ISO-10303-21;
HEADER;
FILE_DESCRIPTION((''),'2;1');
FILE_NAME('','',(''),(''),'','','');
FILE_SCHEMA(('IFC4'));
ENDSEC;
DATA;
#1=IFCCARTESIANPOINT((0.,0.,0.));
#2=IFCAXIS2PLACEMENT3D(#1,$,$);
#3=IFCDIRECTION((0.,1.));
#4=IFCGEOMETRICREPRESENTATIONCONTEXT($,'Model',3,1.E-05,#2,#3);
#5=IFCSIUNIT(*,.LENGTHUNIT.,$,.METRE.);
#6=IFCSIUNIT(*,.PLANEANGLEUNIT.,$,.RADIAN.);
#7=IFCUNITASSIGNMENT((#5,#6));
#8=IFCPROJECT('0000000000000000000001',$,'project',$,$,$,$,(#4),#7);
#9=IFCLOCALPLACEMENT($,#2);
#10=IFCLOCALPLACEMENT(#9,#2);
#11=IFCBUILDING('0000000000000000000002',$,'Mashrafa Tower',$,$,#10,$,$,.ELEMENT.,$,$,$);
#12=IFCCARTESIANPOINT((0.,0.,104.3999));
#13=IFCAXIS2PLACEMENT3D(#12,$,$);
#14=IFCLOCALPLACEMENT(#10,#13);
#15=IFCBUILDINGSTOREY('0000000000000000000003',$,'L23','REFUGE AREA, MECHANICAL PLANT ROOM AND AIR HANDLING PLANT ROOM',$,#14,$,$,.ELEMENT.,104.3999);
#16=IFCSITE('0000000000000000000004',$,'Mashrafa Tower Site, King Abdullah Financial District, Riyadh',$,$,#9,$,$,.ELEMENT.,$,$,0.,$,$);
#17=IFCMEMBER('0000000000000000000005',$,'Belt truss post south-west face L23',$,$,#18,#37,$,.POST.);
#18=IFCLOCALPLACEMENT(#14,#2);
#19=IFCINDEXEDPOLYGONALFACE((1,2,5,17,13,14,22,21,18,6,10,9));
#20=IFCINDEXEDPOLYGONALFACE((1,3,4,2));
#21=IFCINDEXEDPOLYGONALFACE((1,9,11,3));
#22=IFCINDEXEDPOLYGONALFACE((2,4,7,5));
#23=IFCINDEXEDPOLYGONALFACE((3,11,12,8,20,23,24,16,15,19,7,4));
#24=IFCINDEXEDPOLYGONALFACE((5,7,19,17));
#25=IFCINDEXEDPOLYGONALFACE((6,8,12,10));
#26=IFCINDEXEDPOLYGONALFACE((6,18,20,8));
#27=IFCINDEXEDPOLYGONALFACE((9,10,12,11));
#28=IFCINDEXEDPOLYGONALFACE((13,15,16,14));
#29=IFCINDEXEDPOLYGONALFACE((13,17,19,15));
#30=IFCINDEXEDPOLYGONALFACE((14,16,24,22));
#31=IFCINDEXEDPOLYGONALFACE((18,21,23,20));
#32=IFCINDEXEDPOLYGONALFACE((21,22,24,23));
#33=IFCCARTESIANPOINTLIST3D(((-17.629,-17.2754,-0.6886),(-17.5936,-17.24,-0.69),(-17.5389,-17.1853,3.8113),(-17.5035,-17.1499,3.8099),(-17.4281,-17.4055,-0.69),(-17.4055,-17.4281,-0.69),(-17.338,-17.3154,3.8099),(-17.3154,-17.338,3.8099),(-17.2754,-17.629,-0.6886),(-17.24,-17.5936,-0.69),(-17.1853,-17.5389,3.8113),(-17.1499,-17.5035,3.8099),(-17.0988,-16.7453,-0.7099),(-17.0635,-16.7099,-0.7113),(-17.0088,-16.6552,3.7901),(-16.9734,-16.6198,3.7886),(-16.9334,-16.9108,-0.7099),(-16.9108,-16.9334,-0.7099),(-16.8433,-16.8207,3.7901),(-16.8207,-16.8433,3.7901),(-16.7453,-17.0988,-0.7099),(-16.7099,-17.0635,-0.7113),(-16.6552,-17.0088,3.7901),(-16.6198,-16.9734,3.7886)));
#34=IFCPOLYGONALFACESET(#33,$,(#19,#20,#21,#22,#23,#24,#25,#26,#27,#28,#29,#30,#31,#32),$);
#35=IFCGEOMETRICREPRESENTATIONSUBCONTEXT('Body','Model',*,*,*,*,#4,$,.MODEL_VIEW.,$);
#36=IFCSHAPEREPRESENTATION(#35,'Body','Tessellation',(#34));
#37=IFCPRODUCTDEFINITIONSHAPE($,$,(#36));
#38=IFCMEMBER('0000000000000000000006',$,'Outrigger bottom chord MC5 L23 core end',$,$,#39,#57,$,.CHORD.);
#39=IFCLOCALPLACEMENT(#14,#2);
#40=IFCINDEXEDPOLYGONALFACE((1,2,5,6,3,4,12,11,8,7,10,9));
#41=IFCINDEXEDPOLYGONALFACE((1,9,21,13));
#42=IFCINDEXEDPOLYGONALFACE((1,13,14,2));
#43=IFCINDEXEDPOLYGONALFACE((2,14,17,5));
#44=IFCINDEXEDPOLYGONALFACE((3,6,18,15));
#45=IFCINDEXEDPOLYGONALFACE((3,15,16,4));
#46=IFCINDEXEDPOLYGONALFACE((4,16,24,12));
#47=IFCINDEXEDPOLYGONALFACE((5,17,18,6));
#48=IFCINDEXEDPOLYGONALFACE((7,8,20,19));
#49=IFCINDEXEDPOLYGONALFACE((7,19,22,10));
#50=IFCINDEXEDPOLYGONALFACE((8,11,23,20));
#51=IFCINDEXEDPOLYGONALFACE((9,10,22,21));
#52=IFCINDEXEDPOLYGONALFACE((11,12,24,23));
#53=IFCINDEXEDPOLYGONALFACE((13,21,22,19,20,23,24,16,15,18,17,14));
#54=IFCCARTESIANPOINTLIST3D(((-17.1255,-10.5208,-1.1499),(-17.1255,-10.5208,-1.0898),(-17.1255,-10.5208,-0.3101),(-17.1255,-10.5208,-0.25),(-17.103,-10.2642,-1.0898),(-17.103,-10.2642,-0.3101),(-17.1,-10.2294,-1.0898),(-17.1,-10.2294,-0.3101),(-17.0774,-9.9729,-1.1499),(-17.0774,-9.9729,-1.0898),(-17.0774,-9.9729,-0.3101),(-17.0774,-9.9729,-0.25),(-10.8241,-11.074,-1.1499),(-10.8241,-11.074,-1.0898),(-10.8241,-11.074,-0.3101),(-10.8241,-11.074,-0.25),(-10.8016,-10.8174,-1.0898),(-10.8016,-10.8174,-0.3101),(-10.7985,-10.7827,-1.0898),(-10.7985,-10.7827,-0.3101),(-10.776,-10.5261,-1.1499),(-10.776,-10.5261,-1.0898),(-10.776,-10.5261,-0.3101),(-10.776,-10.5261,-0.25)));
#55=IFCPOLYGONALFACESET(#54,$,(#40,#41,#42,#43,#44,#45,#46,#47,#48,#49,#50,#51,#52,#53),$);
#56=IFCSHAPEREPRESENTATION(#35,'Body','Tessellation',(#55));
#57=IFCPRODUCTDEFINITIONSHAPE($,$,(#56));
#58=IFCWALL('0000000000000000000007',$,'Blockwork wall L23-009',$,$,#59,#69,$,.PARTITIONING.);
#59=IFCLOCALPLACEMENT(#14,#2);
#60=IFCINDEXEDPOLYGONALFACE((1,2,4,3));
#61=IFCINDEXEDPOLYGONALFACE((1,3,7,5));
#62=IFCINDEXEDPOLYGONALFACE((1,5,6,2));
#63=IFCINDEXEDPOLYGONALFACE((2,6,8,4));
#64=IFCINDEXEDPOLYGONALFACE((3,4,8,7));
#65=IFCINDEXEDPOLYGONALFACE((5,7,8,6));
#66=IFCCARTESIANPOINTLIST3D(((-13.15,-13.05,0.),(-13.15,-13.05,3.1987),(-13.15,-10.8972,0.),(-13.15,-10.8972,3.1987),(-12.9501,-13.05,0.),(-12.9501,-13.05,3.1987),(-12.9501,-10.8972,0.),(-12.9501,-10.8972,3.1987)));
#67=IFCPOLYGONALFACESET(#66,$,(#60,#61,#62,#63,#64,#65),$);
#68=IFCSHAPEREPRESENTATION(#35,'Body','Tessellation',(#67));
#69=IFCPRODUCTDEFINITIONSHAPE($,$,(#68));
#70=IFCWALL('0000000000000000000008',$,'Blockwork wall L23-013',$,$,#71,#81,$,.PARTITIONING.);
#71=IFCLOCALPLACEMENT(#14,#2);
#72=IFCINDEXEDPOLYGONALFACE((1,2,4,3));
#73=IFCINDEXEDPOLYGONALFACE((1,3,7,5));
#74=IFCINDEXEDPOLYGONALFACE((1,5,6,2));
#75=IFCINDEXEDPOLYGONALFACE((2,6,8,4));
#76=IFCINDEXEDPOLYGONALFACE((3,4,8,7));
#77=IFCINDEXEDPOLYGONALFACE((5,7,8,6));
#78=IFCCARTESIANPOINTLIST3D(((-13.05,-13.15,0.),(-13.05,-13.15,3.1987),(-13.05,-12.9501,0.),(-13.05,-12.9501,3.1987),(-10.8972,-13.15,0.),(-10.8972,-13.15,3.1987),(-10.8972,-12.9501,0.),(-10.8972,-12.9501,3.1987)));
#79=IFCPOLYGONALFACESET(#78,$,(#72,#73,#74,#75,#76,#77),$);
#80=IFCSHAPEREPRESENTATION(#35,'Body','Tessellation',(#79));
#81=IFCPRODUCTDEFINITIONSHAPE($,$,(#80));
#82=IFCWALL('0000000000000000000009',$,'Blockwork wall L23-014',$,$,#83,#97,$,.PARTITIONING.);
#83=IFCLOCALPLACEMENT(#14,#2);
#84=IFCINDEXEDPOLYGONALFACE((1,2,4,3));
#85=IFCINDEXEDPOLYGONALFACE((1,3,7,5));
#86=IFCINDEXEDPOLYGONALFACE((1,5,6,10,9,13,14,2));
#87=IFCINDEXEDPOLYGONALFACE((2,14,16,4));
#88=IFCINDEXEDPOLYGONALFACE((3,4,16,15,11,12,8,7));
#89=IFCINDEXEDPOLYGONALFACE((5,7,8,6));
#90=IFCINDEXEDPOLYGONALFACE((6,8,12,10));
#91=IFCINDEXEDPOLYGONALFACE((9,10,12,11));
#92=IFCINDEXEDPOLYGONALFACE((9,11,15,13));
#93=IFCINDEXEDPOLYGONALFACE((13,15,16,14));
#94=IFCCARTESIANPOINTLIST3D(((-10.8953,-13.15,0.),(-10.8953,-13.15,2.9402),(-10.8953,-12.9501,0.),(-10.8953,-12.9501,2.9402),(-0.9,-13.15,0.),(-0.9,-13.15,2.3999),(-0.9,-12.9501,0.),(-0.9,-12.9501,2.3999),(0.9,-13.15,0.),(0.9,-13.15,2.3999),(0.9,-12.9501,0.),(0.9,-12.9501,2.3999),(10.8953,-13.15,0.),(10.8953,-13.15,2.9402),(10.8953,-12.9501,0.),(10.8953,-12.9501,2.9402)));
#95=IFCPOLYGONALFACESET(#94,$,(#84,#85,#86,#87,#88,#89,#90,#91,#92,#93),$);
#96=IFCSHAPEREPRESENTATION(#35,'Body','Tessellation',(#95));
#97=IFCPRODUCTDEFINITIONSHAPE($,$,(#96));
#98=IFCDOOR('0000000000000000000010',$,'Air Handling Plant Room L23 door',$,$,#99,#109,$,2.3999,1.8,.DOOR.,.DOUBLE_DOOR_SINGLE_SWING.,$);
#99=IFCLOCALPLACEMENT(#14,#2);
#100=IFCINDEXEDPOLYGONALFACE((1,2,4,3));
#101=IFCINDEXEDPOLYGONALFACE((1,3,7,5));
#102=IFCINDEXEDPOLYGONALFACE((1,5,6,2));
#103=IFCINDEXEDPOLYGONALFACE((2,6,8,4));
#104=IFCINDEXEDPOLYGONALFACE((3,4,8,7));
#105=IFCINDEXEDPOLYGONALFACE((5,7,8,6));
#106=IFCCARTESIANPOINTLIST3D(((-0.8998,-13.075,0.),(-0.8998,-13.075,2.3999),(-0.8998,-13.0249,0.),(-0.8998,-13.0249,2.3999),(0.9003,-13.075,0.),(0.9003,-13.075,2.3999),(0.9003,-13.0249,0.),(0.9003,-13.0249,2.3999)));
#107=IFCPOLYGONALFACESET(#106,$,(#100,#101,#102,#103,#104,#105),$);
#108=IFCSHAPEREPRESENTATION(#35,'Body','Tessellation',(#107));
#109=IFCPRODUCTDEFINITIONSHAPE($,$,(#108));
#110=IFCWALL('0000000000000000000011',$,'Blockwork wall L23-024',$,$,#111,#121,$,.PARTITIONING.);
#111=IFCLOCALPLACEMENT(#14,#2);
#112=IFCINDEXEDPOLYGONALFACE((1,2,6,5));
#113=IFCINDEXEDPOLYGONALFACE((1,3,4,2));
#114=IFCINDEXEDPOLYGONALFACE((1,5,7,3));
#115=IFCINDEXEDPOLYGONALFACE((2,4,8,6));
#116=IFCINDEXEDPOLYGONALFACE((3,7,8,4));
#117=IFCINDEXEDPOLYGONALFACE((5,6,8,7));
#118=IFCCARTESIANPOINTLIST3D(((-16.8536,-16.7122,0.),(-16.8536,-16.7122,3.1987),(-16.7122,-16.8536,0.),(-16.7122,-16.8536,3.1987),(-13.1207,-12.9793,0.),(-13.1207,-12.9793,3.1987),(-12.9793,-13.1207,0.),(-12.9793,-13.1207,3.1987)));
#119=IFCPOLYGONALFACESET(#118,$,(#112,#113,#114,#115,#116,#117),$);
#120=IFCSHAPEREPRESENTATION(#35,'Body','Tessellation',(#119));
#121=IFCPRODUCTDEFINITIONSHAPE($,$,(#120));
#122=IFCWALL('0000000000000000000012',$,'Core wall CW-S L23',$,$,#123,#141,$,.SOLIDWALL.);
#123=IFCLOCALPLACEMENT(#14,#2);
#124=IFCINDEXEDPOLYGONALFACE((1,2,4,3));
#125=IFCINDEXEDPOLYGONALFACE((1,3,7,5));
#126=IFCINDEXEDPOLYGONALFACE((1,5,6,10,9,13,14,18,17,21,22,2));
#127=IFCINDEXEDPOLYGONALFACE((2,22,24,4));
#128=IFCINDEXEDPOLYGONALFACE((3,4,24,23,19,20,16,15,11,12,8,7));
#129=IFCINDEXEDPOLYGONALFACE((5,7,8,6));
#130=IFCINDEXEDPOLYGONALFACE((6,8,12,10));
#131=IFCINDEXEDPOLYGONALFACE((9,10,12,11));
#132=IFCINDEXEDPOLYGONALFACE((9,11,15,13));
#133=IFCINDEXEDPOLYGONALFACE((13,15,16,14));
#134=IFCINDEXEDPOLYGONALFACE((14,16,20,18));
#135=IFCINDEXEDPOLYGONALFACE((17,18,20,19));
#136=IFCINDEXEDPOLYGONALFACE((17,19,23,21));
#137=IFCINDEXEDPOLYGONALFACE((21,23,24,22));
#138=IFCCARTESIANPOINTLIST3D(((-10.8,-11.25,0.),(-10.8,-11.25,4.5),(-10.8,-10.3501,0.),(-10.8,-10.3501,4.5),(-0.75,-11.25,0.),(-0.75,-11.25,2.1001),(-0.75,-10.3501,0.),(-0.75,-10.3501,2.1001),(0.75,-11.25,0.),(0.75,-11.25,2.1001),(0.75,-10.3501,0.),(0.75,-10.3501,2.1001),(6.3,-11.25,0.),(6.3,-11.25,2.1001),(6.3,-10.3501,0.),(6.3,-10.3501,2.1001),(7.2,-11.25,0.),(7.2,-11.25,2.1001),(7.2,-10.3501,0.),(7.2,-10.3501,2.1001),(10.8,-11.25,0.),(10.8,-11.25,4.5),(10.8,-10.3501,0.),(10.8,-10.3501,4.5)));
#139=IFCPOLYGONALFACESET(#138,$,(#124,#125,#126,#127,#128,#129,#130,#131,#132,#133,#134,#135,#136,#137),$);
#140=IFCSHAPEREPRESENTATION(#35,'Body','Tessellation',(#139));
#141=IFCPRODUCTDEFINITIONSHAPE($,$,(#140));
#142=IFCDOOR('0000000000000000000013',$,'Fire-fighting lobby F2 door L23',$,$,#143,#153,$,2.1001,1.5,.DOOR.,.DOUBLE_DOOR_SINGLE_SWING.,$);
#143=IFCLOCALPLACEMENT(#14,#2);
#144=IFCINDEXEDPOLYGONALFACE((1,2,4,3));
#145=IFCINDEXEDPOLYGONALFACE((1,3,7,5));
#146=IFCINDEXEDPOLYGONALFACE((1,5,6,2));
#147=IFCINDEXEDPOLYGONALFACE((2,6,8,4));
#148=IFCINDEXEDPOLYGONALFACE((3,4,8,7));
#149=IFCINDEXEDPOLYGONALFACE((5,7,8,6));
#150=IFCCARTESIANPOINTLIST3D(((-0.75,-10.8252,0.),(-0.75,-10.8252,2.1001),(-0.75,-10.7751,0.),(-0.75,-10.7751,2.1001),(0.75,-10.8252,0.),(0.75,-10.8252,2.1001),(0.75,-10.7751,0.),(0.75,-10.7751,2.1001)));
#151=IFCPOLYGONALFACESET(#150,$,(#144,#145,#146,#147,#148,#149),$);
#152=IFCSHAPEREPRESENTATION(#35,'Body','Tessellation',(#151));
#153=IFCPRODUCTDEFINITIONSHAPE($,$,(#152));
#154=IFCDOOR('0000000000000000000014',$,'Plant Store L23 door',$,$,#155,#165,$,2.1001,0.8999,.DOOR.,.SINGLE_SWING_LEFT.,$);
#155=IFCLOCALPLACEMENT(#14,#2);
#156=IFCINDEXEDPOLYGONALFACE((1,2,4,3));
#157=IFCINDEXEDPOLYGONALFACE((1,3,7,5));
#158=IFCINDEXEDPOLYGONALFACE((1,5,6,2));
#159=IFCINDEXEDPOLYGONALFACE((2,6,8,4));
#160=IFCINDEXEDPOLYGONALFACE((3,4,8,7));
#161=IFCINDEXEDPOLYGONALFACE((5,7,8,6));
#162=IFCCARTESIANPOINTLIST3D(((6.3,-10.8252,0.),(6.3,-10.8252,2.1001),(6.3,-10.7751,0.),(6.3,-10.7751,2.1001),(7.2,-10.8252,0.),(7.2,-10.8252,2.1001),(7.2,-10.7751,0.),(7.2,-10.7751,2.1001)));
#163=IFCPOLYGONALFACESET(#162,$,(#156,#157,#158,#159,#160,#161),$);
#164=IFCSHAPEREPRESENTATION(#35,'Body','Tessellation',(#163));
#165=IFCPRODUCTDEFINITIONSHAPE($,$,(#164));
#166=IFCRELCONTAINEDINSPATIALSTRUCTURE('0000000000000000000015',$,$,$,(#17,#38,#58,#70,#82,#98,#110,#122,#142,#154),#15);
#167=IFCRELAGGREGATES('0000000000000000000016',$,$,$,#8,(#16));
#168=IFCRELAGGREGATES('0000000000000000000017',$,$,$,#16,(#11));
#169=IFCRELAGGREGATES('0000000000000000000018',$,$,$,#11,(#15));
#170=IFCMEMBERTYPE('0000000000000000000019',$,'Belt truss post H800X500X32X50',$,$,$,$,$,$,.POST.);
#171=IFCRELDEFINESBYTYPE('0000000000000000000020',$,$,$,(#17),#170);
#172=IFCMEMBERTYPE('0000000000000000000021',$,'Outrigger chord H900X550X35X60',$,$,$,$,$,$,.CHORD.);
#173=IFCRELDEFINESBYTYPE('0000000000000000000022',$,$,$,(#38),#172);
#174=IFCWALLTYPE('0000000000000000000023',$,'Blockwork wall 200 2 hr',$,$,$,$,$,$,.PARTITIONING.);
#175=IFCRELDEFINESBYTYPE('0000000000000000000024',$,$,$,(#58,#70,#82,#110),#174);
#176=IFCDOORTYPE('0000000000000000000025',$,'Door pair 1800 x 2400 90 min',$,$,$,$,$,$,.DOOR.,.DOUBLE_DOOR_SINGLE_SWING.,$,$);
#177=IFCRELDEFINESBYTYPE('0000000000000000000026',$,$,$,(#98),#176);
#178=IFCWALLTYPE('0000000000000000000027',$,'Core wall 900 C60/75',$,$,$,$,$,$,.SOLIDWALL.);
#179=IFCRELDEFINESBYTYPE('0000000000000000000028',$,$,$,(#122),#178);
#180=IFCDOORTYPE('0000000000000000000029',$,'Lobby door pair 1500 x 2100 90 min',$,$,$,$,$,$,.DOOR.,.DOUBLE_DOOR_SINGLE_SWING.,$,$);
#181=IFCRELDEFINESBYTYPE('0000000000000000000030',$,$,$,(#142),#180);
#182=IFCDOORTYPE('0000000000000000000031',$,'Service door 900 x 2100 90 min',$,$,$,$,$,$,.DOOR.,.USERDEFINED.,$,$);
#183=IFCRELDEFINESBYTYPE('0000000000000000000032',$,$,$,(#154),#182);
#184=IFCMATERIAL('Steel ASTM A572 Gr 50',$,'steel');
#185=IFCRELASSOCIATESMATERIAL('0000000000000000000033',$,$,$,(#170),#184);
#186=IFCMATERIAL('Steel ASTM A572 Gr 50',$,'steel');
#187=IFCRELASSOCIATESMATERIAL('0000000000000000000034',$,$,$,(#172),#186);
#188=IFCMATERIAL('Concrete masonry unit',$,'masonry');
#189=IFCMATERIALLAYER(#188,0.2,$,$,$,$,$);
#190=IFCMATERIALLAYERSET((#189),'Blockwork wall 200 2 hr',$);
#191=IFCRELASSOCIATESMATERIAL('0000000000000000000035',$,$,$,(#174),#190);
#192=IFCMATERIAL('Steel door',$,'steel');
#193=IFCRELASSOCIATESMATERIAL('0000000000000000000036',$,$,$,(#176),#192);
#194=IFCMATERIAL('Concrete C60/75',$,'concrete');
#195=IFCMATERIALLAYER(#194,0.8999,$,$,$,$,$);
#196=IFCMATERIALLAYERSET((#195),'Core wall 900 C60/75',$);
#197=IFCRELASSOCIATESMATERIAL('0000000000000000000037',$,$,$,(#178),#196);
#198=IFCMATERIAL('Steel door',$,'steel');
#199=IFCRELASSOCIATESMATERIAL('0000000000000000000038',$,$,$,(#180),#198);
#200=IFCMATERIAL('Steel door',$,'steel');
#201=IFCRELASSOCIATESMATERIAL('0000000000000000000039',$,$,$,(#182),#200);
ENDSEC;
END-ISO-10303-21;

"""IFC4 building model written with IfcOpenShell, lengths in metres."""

from ifc_helpers import new_model, si_unit, direction, frame, frame_2d, origin, origin_2d, place, context, subcontext, project, spatial, rectangle, i_section, extrude, source, transform, mapped, material, layer, layer_set, material_profile, profile_set, type_object, type_shapes, element, fill, save


model = new_model("IFC4")

# Units and contexts
model_context = context("Model", 3, precision=1e-05, world=origin(), true_north=direction((0.0, 1.0)))
body_context = subcontext(model_context, "Body", "Model", "MODEL_VIEW")
ifc_project = project(units=[si_unit("LENGTHUNIT", "METRE"), si_unit("PLANEANGLEUNIT", "RADIAN")], contexts=[model_context])

# Site, building, storey
site_placement = place(None, origin())
site = spatial("IfcSite", under=ifc_project, at=site_placement, Name="Mashrafa Tower Site, King Abdullah Financial District, Riyadh", CompositionType="ELEMENT", RefElevation=0.0)
building_placement = place(site_placement, origin())
building = spatial("IfcBuilding", under=site, at=building_placement, Name="Mashrafa Tower", CompositionType="ELEMENT")
storey_placement = place(building_placement, frame((0.0, 0.0, 104.3999)))
storey = spatial("IfcBuildingStorey", under=building, at=storey_placement, Name="L23", Description="REFUGE AREA, MECHANICAL PLANT ROOM AND AIR HANDLING PLANT ROOM", CompositionType="ELEMENT", Elevation=104.3999)

# Members
ifc_material_1 = material(Name="Steel ASTM A572 Gr 50", Category="steel")
ifc_material_profile_1 = material_profile(ifc_material_1, i_section(OverallWidth=0.5, OverallDepth=0.8, WebThickness=0.032, FlangeThickness=0.05, at=origin_2d()), Name="H800X500X32X50")
ifc_profile_set_1 = profile_set([ifc_material_profile_1], Name="Steel ASTM A572 Gr 50")
member_type_1 = type_object("IfcMemberType", Name="Belt truss post H800X500X32X50", PredefinedType="POST", material=ifc_profile_set_1)
shared_shape_1 = source(origin(), body_context, "Body", "SweptSolid", [
    extrude(i_section(OverallWidth=0.5, OverallDepth=0.8, WebThickness=0.032, FlangeThickness=0.05, at=origin_2d()), origin(), (0.0, 0.0, 1.0), 4.5017),
])
type_shapes(member_type_1, [shared_shape_1])
member_1_placement = place(storey_placement, frame((-17.1694, -17.1694, -0.7), z_axis=(0.020012, 0.020012, 0.999599), x_axis=(-0.707107, 0.707107, 0.0)))
element("IfcMember", 1, at=member_1_placement, inside=storey, type_object=member_type_1, Name="Belt truss post south-west face L23", PredefinedType="POST", context=body_context, shape_type="MappedRepresentation", body=[
    mapped(shared_shape_1, transform((0.0, 0.0, 0.0))),
])
ifc_material_2 = material(Name="Steel ASTM A572 Gr 50", Category="steel")
ifc_material_profile_2 = material_profile(ifc_material_2, i_section(OverallWidth=0.55, OverallDepth=0.8999, WebThickness=0.0349, FlangeThickness=0.0601, at=origin_2d()), Name="H900X550X35X60")
ifc_profile_set_2 = profile_set([ifc_material_profile_2], Name="Steel ASTM A572 Gr 50")
member_type_2 = type_object("IfcMemberType", Name="Outrigger chord H900X550X35X60", PredefinedType="CHORD", material=ifc_profile_set_2)
shared_shape_2 = source(origin(), body_context, "Body", "SweptSolid", [
    extrude(i_section(OverallWidth=0.55, OverallDepth=0.8999, WebThickness=0.0349, FlangeThickness=0.0601, at=origin_2d()), origin(), (0.0, 0.0, 1.0), 6.3257),
])
type_shapes(member_type_2, [shared_shape_2])
member_2_placement = place(storey_placement, frame((-10.8, -10.8, -0.7), z_axis=(-0.996168, 0.087456, 0.0), x_axis=(-0.087456, -0.996168, 0.0)))
element("IfcMember", 2, at=member_2_placement, inside=storey, type_object=member_type_2, Name="Outrigger bottom chord MC5 L23 core end", PredefinedType="CHORD", context=body_context, shape_type="MappedRepresentation", body=[
    mapped(shared_shape_2, transform((0.0, 0.0, 0.0))),
])

# Walls
ifc_material_3 = material(Name="Concrete masonry unit", Category="masonry")
ifc_layer_1 = layer(ifc_material_3, 0.2)
ifc_layer_set_1 = layer_set([ifc_layer_1], Name="Blockwork wall 200 2 hr")
wall_type_1 = type_object("IfcWallType", Name="Blockwork wall 200 2 hr", PredefinedType="PARTITIONING", material=ifc_layer_set_1)
for number, where, z_axis, x_axis, name in (
    (3, (-13.05, -10.8972, 0.0), (0.0, 0.0, 1.0), (0.0, -1.0, 0.0), "Blockwork wall L23-009"),
    (4, (-13.05, -13.05, 0.0), (0.0, 0.0, 1.0), (1.0, 0.0, 0.0), "Blockwork wall L23-013"),
):
    element("IfcWall", number, at=place(storey_placement, frame(where, z_axis=z_axis, x_axis=x_axis)), inside=storey, type_object=wall_type_1, Name=name, PredefinedType="PARTITIONING", context=body_context, shape_type="SweptSolid", body=[
        extrude(rectangle(XDim=2.1528, YDim=0.2, at=frame_2d((1.0764, 0.0))), origin(), (0.0, 0.0, 1.0), 3.1987),
    ])

# Wall, opening, door
wall_1_placement = place(storey_placement, frame((-10.8953, -13.05, 0.0), z_axis=(0.0, 0.0, 1.0), x_axis=(1.0, 0.0, 0.0)))
wall_1 = element("IfcWall", 5, at=wall_1_placement, inside=storey, type_object=wall_type_1, Name="Blockwork wall L23-014", PredefinedType="PARTITIONING", context=body_context, shape_type="SweptSolid", body=[
    extrude(rectangle(XDim=21.7905, YDim=0.2, at=frame_2d((10.8953, 0.0))), origin(), (0.0, 0.0, 1.0), 2.9402),
])
opening_1_placement = place(wall_1_placement, frame((9.9954, 0.0, 0.0)))
opening_1 = element("IfcOpeningElement", 6, at=opening_1_placement, cuts=wall_1, PredefinedType="OPENING", context=body_context, shape_type="SweptSolid", body=[
    extrude(rectangle(XDim=1.8, YDim=2.3999, at=frame_2d((0.8999, 1.2))), frame((0.0, 0.1099, 0.0), z_axis=(0.0, -1.0, 0.0), x_axis=(1.0, 0.0, 0.0)), (0.0, 0.0, 1.0), 0.22),
])
ifc_material_4 = material(Name="Steel door", Category="steel")
door_type_1 = type_object("IfcDoorType", Name="Door pair 1800 x 2400 90 min", OperationType="DOUBLE_DOOR_SINGLE_SWING", PredefinedType="DOOR", material=ifc_material_4)
door_1_placement = place(opening_1_placement, frame((1.8, 0.0, 0.0), z_axis=(0.0, 0.0, 1.0), x_axis=(-1.0, 0.0, 0.0)))
door_1 = element("IfcDoor", 7, at=door_1_placement, inside=storey, type_object=door_type_1, Name="Air Handling Plant Room L23 door", OperationType="DOUBLE_DOOR_SINGLE_SWING", OverallHeight=2.3999, OverallWidth=1.8, PredefinedType="DOOR", context=body_context, shape_type="SweptSolid", body=[
    extrude(rectangle(XDim=1.8, YDim=2.3999, at=frame_2d((0.8999, 1.2))), frame((0.0, 0.0249, 0.0), z_axis=(0.0, -1.0, 0.0), x_axis=(1.0, 0.0, 0.0)), (0.0, 0.0, 1.0), 0.05),
])
fill(opening_1, door_1)

# Wall
wall_2_placement = place(storey_placement, frame((-16.783, -16.783, 0.0), z_axis=(0.0, 0.0, 1.0), x_axis=(0.707107, 0.707107, 0.0)))
element("IfcWall", 8, at=wall_2_placement, inside=storey, type_object=wall_type_1, Name="Blockwork wall L23-024", PredefinedType="PARTITIONING", context=body_context, shape_type="SweptSolid", body=[
    extrude(rectangle(XDim=5.2791, YDim=0.2, at=frame_2d((2.6396, 0.0))), origin(), (0.0, 0.0, 1.0), 3.1987),
])

# Wall, openings, doors
ifc_material_5 = material(Name="Concrete C60/75", Category="concrete")
ifc_layer_2 = layer(ifc_material_5, 0.8999)
ifc_layer_set_2 = layer_set([ifc_layer_2], Name="Core wall 900 C60/75")
wall_type_2 = type_object("IfcWallType", Name="Core wall 900 C60/75", PredefinedType="SOLIDWALL", material=ifc_layer_set_2)
wall_3_placement = place(storey_placement, frame((-10.8, -10.8, 0.0), z_axis=(0.0, 0.0, 1.0), x_axis=(1.0, 0.0, 0.0)))
wall_3 = element("IfcWall", 9, at=wall_3_placement, inside=storey, type_object=wall_type_2, Name="Core wall CW-S L23", PredefinedType="SOLIDWALL", context=body_context, shape_type="SweptSolid", body=[
    extrude(rectangle(XDim=21.6001, YDim=0.8999, at=frame_2d((10.8, 0.0))), origin(), (0.0, 0.0, 1.0), 4.5),
])
opening_2_placement = place(wall_3_placement, frame((10.05, 0.0, 0.0)))
opening_2 = element("IfcOpeningElement", 10, at=opening_2_placement, cuts=wall_3, PredefinedType="OPENING", context=body_context, shape_type="SweptSolid", body=[
    extrude(rectangle(XDim=1.5, YDim=2.1001, at=frame_2d((0.75, 1.05))), frame((0.0, 0.46, 0.0), z_axis=(0.0, -1.0, 0.0), x_axis=(1.0, 0.0, 0.0)), (0.0, 0.0, 1.0), 0.9199),
])
opening_3_placement = place(wall_3_placement, frame((17.1001, 0.0, 0.0)))
opening_3 = element("IfcOpeningElement", 11, at=opening_3_placement, cuts=wall_3, PredefinedType="OPENING", context=body_context, shape_type="SweptSolid", body=[
    extrude(rectangle(XDim=0.8999, YDim=2.1001, at=frame_2d((0.45, 1.05))), frame((0.0, 0.46, 0.0), z_axis=(0.0, -1.0, 0.0), x_axis=(1.0, 0.0, 0.0)), (0.0, 0.0, 1.0), 0.9199),
])
ifc_material_6 = material(Name="Steel door", Category="steel")
door_type_2 = type_object("IfcDoorType", Name="Lobby door pair 1500 x 2100 90 min", OperationType="DOUBLE_DOOR_SINGLE_SWING", PredefinedType="DOOR", material=ifc_material_6)
door_2_placement = place(opening_2_placement, origin())
door_2 = element("IfcDoor", 12, at=door_2_placement, inside=storey, type_object=door_type_2, Name="Fire-fighting lobby F2 door L23", OperationType="DOUBLE_DOOR_SINGLE_SWING", OverallHeight=2.1001, OverallWidth=1.5, PredefinedType="DOOR", context=body_context, shape_type="SweptSolid", body=[
    extrude(rectangle(XDim=1.5, YDim=2.1001, at=frame_2d((0.75, 1.05))), frame((0.0, 0.0249, 0.0), z_axis=(0.0, -1.0, 0.0), x_axis=(1.0, 0.0, 0.0)), (0.0, 0.0, 1.0), 0.05),
])
fill(opening_2, door_2)
ifc_material_7 = material(Name="Steel door", Category="steel")
door_type_3 = type_object("IfcDoorType", Name="Service door 900 x 2100 90 min", OperationType="USERDEFINED", PredefinedType="DOOR", material=ifc_material_7)
door_3_placement = place(opening_3_placement, origin())
door_3 = element("IfcDoor", 13, at=door_3_placement, inside=storey, type_object=door_type_3, Name="Plant Store L23 door", OperationType="SINGLE_SWING_LEFT", OverallHeight=2.1001, OverallWidth=0.8999, PredefinedType="DOOR", context=body_context, shape_type="SweptSolid", body=[
    extrude(rectangle(XDim=0.8999, YDim=2.1001, at=frame_2d((0.45, 1.05))), frame((0.0, 0.0249, 0.0), z_axis=(0.0, -1.0, 0.0), x_axis=(1.0, 0.0, 0.0)), (0.0, 0.0, 1.0), 0.05),
])
fill(opening_3, door_3)

save(model, "model.ifc")
